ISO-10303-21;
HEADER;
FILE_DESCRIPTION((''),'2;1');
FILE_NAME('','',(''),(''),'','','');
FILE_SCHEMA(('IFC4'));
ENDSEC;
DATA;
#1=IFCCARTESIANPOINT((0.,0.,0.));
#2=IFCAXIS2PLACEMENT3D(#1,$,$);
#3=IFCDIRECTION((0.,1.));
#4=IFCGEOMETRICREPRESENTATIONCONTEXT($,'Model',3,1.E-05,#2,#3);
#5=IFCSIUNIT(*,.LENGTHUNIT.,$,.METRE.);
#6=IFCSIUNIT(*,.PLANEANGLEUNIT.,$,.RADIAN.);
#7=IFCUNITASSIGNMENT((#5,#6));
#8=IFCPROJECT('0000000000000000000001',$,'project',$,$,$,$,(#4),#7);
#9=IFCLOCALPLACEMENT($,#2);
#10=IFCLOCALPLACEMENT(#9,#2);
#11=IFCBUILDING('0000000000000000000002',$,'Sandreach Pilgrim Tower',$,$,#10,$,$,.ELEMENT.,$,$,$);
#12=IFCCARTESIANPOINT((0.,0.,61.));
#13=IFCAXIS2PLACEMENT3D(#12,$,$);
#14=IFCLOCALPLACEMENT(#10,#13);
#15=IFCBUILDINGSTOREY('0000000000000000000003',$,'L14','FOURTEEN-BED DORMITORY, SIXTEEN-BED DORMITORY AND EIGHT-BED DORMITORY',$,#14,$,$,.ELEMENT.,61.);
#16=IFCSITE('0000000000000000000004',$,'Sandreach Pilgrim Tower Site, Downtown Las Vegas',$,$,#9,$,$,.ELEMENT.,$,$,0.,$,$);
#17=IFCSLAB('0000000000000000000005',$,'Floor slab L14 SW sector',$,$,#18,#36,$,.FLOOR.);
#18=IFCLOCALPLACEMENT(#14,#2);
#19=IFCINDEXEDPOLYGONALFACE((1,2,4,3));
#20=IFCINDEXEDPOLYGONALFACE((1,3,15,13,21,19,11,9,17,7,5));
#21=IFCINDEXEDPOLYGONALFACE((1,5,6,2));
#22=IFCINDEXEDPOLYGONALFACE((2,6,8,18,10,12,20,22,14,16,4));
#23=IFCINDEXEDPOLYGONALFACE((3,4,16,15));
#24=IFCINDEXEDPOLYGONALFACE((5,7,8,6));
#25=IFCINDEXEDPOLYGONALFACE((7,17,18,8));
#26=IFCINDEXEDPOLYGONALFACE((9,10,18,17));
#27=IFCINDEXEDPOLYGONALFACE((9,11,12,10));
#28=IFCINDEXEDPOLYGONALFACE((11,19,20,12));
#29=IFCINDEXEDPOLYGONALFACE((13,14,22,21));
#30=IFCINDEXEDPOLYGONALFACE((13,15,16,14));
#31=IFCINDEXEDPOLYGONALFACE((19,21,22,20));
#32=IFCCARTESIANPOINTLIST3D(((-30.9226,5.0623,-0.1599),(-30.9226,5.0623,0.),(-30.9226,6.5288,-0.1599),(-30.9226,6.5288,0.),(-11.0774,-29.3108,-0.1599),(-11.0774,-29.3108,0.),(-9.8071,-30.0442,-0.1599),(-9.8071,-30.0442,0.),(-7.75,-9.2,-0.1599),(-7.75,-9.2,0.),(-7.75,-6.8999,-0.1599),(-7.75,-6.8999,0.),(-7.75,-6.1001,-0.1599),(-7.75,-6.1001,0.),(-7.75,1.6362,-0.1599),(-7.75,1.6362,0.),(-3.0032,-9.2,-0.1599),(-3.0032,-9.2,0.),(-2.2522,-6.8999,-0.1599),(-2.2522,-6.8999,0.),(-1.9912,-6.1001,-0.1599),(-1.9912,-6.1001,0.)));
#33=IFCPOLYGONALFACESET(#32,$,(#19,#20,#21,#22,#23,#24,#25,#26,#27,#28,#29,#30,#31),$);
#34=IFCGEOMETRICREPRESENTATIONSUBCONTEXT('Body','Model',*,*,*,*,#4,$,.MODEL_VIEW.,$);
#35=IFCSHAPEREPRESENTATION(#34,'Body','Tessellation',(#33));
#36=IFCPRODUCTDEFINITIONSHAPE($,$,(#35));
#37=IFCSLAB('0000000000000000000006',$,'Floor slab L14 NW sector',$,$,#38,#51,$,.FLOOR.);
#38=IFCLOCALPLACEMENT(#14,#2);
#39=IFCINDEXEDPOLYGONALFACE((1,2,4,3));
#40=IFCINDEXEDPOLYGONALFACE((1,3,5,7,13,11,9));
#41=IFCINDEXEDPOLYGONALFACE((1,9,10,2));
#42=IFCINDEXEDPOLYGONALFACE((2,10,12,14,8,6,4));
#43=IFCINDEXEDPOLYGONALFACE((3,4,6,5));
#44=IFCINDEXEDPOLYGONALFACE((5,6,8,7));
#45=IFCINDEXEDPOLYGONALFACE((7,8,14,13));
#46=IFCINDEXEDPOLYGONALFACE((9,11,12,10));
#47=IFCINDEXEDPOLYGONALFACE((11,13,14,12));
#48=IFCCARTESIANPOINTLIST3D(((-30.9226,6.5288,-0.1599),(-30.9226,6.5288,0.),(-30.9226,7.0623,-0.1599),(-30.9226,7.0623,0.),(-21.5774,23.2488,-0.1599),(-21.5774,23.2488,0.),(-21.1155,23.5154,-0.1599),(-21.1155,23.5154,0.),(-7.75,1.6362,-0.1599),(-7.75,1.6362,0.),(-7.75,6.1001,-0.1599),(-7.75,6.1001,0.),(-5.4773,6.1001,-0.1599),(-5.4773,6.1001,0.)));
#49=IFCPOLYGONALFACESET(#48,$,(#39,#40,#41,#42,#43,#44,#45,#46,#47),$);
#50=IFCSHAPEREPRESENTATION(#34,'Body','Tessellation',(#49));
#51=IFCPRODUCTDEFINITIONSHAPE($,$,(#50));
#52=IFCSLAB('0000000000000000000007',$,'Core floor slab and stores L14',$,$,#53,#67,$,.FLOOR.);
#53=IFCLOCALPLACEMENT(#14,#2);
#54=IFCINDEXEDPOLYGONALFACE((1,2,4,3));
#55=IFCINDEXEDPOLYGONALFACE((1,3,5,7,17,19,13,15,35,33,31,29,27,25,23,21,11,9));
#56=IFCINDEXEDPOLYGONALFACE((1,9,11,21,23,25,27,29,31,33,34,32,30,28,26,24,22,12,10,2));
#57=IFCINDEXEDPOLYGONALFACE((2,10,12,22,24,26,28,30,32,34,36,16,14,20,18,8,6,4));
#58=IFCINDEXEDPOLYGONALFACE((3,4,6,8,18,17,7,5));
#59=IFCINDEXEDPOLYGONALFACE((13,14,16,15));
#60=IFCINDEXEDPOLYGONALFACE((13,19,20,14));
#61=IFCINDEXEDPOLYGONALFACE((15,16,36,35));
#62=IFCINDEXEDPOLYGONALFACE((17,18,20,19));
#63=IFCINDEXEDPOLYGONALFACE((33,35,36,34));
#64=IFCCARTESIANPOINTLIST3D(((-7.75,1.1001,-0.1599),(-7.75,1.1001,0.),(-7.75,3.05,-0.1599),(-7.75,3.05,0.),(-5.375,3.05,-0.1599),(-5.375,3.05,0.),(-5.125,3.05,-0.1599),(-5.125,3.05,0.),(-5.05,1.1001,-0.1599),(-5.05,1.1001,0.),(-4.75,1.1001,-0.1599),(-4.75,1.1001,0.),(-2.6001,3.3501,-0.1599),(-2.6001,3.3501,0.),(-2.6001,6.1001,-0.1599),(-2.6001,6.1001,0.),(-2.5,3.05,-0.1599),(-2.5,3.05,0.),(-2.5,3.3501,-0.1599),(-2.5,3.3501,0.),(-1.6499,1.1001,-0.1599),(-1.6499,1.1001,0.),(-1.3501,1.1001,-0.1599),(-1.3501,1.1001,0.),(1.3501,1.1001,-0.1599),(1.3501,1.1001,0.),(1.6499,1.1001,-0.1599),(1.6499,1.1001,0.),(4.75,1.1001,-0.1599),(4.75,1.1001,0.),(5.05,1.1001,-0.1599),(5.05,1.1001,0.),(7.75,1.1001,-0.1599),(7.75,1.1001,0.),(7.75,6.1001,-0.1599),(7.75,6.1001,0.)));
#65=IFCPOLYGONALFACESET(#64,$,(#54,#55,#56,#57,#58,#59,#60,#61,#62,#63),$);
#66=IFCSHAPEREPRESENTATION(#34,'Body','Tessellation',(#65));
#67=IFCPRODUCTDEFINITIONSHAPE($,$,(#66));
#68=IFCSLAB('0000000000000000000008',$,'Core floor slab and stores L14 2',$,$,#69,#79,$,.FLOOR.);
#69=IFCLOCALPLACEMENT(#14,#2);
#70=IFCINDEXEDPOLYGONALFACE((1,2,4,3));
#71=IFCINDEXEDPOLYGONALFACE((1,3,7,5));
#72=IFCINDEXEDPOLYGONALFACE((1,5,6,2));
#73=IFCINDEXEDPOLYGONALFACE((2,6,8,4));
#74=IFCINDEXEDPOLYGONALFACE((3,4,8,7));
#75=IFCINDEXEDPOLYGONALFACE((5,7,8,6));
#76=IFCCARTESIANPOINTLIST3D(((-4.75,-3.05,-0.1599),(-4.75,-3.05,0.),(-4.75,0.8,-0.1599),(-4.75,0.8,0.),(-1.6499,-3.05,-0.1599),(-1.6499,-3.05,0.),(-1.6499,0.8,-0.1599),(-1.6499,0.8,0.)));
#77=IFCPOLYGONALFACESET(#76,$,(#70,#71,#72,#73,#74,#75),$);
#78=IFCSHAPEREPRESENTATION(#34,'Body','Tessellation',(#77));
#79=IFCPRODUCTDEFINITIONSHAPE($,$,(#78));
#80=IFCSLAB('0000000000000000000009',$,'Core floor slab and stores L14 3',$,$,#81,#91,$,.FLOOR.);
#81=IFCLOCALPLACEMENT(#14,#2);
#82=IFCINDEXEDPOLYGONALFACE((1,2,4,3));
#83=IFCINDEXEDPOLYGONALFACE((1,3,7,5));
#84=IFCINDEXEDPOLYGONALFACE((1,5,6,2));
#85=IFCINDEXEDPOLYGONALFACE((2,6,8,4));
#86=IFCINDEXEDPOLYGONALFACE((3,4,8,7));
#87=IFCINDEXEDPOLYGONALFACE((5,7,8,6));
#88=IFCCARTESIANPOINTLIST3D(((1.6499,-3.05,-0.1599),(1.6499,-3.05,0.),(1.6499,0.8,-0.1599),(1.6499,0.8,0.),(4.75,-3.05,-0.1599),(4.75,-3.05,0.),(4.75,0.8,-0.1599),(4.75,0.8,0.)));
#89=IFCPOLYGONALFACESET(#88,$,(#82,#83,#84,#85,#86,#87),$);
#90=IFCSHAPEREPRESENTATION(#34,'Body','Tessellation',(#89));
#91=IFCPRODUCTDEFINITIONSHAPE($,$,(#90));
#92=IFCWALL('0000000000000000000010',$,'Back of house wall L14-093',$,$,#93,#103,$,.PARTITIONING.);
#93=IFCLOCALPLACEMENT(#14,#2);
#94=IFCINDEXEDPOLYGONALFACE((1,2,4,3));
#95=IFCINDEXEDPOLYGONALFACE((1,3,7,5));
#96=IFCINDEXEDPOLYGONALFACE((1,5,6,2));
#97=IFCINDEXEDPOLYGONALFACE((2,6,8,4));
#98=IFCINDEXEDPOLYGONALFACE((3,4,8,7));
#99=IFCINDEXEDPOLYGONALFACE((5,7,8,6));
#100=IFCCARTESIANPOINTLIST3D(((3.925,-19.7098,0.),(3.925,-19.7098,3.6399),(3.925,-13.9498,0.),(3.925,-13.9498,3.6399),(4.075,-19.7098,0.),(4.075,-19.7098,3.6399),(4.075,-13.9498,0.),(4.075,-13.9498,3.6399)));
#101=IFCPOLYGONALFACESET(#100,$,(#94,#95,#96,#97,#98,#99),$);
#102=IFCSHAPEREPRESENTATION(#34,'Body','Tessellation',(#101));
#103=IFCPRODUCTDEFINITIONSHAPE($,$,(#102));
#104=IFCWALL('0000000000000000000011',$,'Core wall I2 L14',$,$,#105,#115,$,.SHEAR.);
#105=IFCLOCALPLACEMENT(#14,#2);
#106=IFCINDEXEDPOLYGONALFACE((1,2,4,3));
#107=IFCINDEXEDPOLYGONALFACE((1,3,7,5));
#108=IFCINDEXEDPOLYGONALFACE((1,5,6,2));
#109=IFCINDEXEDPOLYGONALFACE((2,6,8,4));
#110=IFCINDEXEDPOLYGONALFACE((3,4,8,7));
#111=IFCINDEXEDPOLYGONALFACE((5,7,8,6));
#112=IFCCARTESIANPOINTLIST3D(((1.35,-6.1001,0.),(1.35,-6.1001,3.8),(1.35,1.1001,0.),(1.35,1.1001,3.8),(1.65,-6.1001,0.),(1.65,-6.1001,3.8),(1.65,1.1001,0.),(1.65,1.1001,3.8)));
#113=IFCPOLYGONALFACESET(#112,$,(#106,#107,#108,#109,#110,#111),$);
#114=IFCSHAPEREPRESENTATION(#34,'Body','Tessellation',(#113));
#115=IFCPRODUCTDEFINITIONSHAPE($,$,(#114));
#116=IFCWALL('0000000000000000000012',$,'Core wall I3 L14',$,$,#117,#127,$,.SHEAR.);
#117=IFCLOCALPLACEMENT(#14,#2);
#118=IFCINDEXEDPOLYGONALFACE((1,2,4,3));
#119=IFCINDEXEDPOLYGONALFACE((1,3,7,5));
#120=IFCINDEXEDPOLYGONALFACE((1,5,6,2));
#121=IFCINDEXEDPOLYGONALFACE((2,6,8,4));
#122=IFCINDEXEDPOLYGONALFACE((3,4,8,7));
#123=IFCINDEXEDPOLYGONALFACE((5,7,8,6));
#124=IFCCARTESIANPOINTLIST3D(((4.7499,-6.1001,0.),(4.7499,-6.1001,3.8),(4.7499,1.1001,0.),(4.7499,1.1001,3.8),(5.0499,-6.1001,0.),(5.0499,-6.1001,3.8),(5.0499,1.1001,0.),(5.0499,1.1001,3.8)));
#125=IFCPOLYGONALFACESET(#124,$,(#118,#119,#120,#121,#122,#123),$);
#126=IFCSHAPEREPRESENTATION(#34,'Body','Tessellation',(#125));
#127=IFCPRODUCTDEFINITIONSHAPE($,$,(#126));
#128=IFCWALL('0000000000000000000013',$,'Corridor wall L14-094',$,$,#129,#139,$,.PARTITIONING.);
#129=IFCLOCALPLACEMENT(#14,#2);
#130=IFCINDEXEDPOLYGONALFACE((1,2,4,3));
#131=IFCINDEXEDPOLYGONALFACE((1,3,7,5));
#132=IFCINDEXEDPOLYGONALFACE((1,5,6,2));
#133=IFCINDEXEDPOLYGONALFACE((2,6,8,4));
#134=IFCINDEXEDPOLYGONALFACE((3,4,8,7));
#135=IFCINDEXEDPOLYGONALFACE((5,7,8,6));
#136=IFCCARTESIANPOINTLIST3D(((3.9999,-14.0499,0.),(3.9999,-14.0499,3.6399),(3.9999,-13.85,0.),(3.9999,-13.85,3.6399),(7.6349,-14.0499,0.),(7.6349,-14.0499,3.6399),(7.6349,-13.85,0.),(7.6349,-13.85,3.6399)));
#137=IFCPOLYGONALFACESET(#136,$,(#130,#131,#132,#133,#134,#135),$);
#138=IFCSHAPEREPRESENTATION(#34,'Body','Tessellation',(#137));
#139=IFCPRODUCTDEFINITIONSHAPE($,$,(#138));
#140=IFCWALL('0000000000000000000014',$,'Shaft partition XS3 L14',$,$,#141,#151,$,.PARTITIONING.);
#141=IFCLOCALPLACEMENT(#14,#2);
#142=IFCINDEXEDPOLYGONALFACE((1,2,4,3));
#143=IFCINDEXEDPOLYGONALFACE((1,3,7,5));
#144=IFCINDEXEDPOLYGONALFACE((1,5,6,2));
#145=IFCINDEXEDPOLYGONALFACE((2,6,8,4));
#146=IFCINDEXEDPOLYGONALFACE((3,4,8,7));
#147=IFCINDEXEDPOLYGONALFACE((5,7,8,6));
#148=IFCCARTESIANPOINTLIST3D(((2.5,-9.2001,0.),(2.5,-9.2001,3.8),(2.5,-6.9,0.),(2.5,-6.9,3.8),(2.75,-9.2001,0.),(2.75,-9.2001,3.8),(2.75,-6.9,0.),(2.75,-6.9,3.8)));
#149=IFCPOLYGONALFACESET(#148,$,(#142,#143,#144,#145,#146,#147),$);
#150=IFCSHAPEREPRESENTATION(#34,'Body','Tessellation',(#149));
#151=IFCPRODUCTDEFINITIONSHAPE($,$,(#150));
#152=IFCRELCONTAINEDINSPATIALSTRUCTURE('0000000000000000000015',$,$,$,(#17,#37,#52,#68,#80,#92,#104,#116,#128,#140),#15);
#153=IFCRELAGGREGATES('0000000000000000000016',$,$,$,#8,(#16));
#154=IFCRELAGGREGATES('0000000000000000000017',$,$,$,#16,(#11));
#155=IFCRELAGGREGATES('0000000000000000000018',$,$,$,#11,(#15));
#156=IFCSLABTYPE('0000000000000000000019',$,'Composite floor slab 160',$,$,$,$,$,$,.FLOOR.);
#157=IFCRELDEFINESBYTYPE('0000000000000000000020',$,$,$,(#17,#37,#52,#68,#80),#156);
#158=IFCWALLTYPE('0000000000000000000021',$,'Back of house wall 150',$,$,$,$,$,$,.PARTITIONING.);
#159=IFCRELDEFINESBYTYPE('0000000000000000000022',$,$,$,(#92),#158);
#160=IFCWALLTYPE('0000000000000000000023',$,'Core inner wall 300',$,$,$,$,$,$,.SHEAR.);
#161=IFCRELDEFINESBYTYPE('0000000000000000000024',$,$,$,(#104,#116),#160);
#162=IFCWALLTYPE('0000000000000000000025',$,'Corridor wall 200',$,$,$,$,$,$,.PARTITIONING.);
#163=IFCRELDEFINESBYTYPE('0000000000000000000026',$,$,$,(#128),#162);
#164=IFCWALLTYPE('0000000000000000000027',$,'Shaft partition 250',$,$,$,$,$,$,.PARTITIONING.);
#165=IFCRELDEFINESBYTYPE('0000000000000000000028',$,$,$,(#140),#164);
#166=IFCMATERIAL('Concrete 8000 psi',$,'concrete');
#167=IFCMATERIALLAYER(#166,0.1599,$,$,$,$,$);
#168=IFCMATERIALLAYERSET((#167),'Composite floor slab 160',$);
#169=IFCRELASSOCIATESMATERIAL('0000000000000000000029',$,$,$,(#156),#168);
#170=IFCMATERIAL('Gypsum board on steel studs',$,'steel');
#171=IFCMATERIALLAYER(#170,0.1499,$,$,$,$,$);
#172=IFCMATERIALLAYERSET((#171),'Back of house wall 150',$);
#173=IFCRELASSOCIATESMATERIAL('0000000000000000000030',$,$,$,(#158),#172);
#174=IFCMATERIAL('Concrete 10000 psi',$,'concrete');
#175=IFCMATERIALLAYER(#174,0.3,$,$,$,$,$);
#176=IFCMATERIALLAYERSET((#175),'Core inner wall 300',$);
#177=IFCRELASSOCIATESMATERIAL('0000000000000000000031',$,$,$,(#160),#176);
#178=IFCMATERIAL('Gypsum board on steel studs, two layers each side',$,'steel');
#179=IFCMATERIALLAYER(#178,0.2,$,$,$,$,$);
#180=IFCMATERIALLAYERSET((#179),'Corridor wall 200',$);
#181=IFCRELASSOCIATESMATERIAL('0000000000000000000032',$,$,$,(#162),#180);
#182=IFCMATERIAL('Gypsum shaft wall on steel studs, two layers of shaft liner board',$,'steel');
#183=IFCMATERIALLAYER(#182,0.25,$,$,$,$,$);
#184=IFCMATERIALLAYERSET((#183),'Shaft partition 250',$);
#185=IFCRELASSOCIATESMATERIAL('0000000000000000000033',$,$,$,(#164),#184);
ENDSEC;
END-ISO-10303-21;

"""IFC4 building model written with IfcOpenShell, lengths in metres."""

from ifc_helpers import new_model, si_unit, direction, frame, frame_2d, origin, place, context, subcontext, project, spatial, polyline, rectangle, outline, extrude, material, layer, layer_set, type_object, element, save


model = new_model("IFC4")

# Units and contexts
model_context = context("Model", 3, precision=1e-05, world=origin(), true_north=direction((0.0, 1.0)))
body_context = subcontext(model_context, "Body", "Model", "MODEL_VIEW")
ifc_project = project(units=[si_unit("LENGTHUNIT", "METRE"), si_unit("PLANEANGLEUNIT", "RADIAN")], contexts=[model_context])

# Site, building, storey
site_placement = place(None, origin())
site = spatial("IfcSite", under=ifc_project, at=site_placement, Name="Sandreach Pilgrim Tower Site, Downtown Las Vegas", CompositionType="ELEMENT", RefElevation=0.0)
building_placement = place(site_placement, origin())
building = spatial("IfcBuilding", under=site, at=building_placement, Name="Sandreach Pilgrim Tower", CompositionType="ELEMENT")
storey_placement = place(building_placement, frame((0.0, 0.0, 61.0)))
storey = spatial("IfcBuildingStorey", under=building, at=storey_placement, Name="L14", Description="FOURTEEN-BED DORMITORY, SIXTEEN-BED DORMITORY AND EIGHT-BED DORMITORY", CompositionType="ELEMENT", Elevation=61.0)

# Slabs
ifc_material_1 = material(Name="Concrete 8000 psi", Category="concrete")
ifc_layer_1 = layer(ifc_material_1, 0.1599)
ifc_layer_set_1 = layer_set([ifc_layer_1], Name="Composite floor slab 160")
slab_type = type_object("IfcSlabType", Name="Composite floor slab 160", PredefinedType="FLOOR", material=ifc_layer_set_1)
slab_1_placement = place(storey_placement, frame((0.0, 0.0, -0.1599)))
element("IfcSlab", 1, at=slab_1_placement, inside=storey, type_object=slab_type, Name="Floor slab L14 SW sector", PredefinedType="FLOOR", context=body_context, shape_type="SweptSolid", body=[
    extrude(outline(polyline([(-11.0774, -29.3108), (-30.9226, 5.0623), (-30.9226, 6.5288), (-7.75, 1.6362), (-7.75, -6.1001), (-1.9912, -6.1001), (-2.2522, -6.8999), (-7.75, -6.8999), (-7.75, -9.2), (-3.0032, -9.2), (-9.8071, -30.0442), (-11.0774, -29.3108)])), origin(), (0.0, 0.0, 1.0), 0.1599),
])
slab_2_placement = place(storey_placement, frame((0.0, 0.0, -0.1599)))
element("IfcSlab", 2, at=slab_2_placement, inside=storey, type_object=slab_type, Name="Floor slab L14 NW sector", PredefinedType="FLOOR", context=body_context, shape_type="SweptSolid", body=[
    extrude(outline(polyline([(-30.9226, 7.0623), (-21.5774, 23.2488), (-21.1155, 23.5154), (-5.4773, 6.1001), (-7.75, 6.1001), (-7.75, 1.6362), (-30.9226, 6.5288), (-30.9226, 7.0623)])), origin(), (0.0, 0.0, 1.0), 0.1599),
])
slab_3_placement = place(storey_placement, frame((0.0, 0.0, -0.1599)))
element("IfcSlab", 3, at=slab_3_placement, inside=storey, type_object=slab_type, Name="Core floor slab and stores L14", PredefinedType="FLOOR", context=body_context, shape_type="SweptSolid", body=[
    extrude(outline(polyline([(-7.75, 3.05), (-5.375, 3.05), (-5.125, 3.05), (-2.5, 3.05), (-2.5, 3.3501), (-2.6001, 3.3501), (-2.6001, 6.1001), (7.75, 6.1001), (7.75, 1.1001), (5.05, 1.1001), (4.75, 1.1001), (1.6499, 1.1001), (1.3501, 1.1001), (-1.3501, 1.1001), (-1.6499, 1.1001), (-4.75, 1.1001), (-5.05, 1.1001), (-7.75, 1.1001), (-7.75, 3.05)])), origin(), (0.0, 0.0, 1.0), 0.1599),
])
slab_4_placement = place(storey_placement, frame((0.0, 0.0, -0.1599)))
element("IfcSlab", 4, at=slab_4_placement, inside=storey, type_object=slab_type, Name="Core floor slab and stores L14 2", PredefinedType="FLOOR", context=body_context, shape_type="SweptSolid", body=[
    extrude(outline(polyline([(-1.6499, -3.05), (-4.75, -3.05), (-4.75, 0.8), (-1.6499, 0.8), (-1.6499, -3.05)])), origin(), (0.0, 0.0, 1.0), 0.1599),
])
slab_5_placement = place(storey_placement, frame((0.0, 0.0, -0.1599)))
element("IfcSlab", 5, at=slab_5_placement, inside=storey, type_object=slab_type, Name="Core floor slab and stores L14 3", PredefinedType="FLOOR", context=body_context, shape_type="SweptSolid", body=[
    extrude(outline(polyline([(4.75, -3.05), (1.6499, -3.05), (1.6499, 0.8), (4.75, 0.8), (4.75, -3.05)])), origin(), (0.0, 0.0, 1.0), 0.1599),
])

# Walls
ifc_material_2 = material(Name="Gypsum board on steel studs", Category="steel")
ifc_layer_2 = layer(ifc_material_2, 0.1499)
ifc_layer_set_2 = layer_set([ifc_layer_2], Name="Back of house wall 150")
wall_type_1 = type_object("IfcWallType", Name="Back of house wall 150", PredefinedType="PARTITIONING", material=ifc_layer_set_2)
wall_1_placement = place(storey_placement, frame((4.0, -13.95, 0.0), z_axis=(0.0, 0.0, 1.0), x_axis=(0.0, -1.0, 0.0)))
element("IfcWall", 6, at=wall_1_placement, inside=storey, type_object=wall_type_1, Name="Back of house wall L14-093", PredefinedType="PARTITIONING", context=body_context, shape_type="SweptSolid", body=[
    extrude(rectangle(XDim=5.76, YDim=0.1499, at=frame_2d((2.8799, 0.0))), origin(), (0.0, 0.0, 1.0), 3.6399),
])
ifc_material_3 = material(Name="Concrete 10000 psi", Category="concrete")
ifc_layer_3 = layer(ifc_material_3, 0.3)
ifc_layer_set_3 = layer_set([ifc_layer_3], Name="Core inner wall 300")
wall_type_2 = type_object("IfcWallType", Name="Core inner wall 300", PredefinedType="SHEAR", material=ifc_layer_set_3)
for number, where, z_axis, x_axis, name in (
    (7, (1.5, -6.1001, 0.0), (0.0, 0.0, 1.0), (0.0, 1.0, 0.0), "Core wall I2 L14"),
    (8, (4.8999, -6.1001, 0.0), (0.0, 0.0, 1.0), (0.0, 1.0, 0.0), "Core wall I3 L14"),
):
    element("IfcWall", number, at=place(storey_placement, frame(where, z_axis=z_axis, x_axis=x_axis)), inside=storey, type_object=wall_type_2, Name=name, PredefinedType="SHEAR", context=body_context, shape_type="SweptSolid", body=[
        extrude(rectangle(XDim=7.2002, YDim=0.3, at=frame_2d((3.6001, 0.0))), origin(), (0.0, 0.0, 1.0), 3.8),
    ])

# Shared definitions
ifc_material_4 = material(Name="Gypsum board on steel studs, two layers each side", Category="steel")
ifc_layer_4 = layer(ifc_material_4, 0.2)
ifc_layer_set_4 = layer_set([ifc_layer_4], Name="Corridor wall 200")
wall_type_3 = type_object("IfcWallType", Name="Corridor wall 200", PredefinedType="PARTITIONING", material=ifc_layer_set_4)

# Walls
wall_2_placement = place(storey_placement, frame((4.0, -13.95, 0.0), z_axis=(0.0, 0.0, 1.0), x_axis=(1.0, 0.0, 0.0)))
element("IfcWall", 9, at=wall_2_placement, inside=storey, type_object=wall_type_3, Name="Corridor wall L14-094", PredefinedType="PARTITIONING", context=body_context, shape_type="SweptSolid", body=[
    extrude(rectangle(XDim=3.635, YDim=0.2, at=frame_2d((1.8174, 0.0))), origin(), (0.0, 0.0, 1.0), 3.6399),
])
ifc_material_5 = material(Name="Gypsum shaft wall on steel studs, two layers of shaft liner board", Category="steel")
ifc_layer_5 = layer(ifc_material_5, 0.25)
ifc_layer_set_5 = layer_set([ifc_layer_5], Name="Shaft partition 250")
wall_type_4 = type_object("IfcWallType", Name="Shaft partition 250", PredefinedType="PARTITIONING", material=ifc_layer_set_5)
wall_3_placement = place(storey_placement, frame((2.625, -9.2, 0.0), z_axis=(0.0, 0.0, 1.0), x_axis=(0.0, 1.0, 0.0)))
element("IfcWall", 10, at=wall_3_placement, inside=storey, type_object=wall_type_4, Name="Shaft partition XS3 L14", PredefinedType="PARTITIONING", context=body_context, shape_type="SweptSolid", body=[
    extrude(rectangle(XDim=2.3, YDim=0.25, at=frame_2d((1.1499, 0.0))), origin(), (0.0, 0.0, 1.0), 3.8),
])

save(model, "model.ifc")
